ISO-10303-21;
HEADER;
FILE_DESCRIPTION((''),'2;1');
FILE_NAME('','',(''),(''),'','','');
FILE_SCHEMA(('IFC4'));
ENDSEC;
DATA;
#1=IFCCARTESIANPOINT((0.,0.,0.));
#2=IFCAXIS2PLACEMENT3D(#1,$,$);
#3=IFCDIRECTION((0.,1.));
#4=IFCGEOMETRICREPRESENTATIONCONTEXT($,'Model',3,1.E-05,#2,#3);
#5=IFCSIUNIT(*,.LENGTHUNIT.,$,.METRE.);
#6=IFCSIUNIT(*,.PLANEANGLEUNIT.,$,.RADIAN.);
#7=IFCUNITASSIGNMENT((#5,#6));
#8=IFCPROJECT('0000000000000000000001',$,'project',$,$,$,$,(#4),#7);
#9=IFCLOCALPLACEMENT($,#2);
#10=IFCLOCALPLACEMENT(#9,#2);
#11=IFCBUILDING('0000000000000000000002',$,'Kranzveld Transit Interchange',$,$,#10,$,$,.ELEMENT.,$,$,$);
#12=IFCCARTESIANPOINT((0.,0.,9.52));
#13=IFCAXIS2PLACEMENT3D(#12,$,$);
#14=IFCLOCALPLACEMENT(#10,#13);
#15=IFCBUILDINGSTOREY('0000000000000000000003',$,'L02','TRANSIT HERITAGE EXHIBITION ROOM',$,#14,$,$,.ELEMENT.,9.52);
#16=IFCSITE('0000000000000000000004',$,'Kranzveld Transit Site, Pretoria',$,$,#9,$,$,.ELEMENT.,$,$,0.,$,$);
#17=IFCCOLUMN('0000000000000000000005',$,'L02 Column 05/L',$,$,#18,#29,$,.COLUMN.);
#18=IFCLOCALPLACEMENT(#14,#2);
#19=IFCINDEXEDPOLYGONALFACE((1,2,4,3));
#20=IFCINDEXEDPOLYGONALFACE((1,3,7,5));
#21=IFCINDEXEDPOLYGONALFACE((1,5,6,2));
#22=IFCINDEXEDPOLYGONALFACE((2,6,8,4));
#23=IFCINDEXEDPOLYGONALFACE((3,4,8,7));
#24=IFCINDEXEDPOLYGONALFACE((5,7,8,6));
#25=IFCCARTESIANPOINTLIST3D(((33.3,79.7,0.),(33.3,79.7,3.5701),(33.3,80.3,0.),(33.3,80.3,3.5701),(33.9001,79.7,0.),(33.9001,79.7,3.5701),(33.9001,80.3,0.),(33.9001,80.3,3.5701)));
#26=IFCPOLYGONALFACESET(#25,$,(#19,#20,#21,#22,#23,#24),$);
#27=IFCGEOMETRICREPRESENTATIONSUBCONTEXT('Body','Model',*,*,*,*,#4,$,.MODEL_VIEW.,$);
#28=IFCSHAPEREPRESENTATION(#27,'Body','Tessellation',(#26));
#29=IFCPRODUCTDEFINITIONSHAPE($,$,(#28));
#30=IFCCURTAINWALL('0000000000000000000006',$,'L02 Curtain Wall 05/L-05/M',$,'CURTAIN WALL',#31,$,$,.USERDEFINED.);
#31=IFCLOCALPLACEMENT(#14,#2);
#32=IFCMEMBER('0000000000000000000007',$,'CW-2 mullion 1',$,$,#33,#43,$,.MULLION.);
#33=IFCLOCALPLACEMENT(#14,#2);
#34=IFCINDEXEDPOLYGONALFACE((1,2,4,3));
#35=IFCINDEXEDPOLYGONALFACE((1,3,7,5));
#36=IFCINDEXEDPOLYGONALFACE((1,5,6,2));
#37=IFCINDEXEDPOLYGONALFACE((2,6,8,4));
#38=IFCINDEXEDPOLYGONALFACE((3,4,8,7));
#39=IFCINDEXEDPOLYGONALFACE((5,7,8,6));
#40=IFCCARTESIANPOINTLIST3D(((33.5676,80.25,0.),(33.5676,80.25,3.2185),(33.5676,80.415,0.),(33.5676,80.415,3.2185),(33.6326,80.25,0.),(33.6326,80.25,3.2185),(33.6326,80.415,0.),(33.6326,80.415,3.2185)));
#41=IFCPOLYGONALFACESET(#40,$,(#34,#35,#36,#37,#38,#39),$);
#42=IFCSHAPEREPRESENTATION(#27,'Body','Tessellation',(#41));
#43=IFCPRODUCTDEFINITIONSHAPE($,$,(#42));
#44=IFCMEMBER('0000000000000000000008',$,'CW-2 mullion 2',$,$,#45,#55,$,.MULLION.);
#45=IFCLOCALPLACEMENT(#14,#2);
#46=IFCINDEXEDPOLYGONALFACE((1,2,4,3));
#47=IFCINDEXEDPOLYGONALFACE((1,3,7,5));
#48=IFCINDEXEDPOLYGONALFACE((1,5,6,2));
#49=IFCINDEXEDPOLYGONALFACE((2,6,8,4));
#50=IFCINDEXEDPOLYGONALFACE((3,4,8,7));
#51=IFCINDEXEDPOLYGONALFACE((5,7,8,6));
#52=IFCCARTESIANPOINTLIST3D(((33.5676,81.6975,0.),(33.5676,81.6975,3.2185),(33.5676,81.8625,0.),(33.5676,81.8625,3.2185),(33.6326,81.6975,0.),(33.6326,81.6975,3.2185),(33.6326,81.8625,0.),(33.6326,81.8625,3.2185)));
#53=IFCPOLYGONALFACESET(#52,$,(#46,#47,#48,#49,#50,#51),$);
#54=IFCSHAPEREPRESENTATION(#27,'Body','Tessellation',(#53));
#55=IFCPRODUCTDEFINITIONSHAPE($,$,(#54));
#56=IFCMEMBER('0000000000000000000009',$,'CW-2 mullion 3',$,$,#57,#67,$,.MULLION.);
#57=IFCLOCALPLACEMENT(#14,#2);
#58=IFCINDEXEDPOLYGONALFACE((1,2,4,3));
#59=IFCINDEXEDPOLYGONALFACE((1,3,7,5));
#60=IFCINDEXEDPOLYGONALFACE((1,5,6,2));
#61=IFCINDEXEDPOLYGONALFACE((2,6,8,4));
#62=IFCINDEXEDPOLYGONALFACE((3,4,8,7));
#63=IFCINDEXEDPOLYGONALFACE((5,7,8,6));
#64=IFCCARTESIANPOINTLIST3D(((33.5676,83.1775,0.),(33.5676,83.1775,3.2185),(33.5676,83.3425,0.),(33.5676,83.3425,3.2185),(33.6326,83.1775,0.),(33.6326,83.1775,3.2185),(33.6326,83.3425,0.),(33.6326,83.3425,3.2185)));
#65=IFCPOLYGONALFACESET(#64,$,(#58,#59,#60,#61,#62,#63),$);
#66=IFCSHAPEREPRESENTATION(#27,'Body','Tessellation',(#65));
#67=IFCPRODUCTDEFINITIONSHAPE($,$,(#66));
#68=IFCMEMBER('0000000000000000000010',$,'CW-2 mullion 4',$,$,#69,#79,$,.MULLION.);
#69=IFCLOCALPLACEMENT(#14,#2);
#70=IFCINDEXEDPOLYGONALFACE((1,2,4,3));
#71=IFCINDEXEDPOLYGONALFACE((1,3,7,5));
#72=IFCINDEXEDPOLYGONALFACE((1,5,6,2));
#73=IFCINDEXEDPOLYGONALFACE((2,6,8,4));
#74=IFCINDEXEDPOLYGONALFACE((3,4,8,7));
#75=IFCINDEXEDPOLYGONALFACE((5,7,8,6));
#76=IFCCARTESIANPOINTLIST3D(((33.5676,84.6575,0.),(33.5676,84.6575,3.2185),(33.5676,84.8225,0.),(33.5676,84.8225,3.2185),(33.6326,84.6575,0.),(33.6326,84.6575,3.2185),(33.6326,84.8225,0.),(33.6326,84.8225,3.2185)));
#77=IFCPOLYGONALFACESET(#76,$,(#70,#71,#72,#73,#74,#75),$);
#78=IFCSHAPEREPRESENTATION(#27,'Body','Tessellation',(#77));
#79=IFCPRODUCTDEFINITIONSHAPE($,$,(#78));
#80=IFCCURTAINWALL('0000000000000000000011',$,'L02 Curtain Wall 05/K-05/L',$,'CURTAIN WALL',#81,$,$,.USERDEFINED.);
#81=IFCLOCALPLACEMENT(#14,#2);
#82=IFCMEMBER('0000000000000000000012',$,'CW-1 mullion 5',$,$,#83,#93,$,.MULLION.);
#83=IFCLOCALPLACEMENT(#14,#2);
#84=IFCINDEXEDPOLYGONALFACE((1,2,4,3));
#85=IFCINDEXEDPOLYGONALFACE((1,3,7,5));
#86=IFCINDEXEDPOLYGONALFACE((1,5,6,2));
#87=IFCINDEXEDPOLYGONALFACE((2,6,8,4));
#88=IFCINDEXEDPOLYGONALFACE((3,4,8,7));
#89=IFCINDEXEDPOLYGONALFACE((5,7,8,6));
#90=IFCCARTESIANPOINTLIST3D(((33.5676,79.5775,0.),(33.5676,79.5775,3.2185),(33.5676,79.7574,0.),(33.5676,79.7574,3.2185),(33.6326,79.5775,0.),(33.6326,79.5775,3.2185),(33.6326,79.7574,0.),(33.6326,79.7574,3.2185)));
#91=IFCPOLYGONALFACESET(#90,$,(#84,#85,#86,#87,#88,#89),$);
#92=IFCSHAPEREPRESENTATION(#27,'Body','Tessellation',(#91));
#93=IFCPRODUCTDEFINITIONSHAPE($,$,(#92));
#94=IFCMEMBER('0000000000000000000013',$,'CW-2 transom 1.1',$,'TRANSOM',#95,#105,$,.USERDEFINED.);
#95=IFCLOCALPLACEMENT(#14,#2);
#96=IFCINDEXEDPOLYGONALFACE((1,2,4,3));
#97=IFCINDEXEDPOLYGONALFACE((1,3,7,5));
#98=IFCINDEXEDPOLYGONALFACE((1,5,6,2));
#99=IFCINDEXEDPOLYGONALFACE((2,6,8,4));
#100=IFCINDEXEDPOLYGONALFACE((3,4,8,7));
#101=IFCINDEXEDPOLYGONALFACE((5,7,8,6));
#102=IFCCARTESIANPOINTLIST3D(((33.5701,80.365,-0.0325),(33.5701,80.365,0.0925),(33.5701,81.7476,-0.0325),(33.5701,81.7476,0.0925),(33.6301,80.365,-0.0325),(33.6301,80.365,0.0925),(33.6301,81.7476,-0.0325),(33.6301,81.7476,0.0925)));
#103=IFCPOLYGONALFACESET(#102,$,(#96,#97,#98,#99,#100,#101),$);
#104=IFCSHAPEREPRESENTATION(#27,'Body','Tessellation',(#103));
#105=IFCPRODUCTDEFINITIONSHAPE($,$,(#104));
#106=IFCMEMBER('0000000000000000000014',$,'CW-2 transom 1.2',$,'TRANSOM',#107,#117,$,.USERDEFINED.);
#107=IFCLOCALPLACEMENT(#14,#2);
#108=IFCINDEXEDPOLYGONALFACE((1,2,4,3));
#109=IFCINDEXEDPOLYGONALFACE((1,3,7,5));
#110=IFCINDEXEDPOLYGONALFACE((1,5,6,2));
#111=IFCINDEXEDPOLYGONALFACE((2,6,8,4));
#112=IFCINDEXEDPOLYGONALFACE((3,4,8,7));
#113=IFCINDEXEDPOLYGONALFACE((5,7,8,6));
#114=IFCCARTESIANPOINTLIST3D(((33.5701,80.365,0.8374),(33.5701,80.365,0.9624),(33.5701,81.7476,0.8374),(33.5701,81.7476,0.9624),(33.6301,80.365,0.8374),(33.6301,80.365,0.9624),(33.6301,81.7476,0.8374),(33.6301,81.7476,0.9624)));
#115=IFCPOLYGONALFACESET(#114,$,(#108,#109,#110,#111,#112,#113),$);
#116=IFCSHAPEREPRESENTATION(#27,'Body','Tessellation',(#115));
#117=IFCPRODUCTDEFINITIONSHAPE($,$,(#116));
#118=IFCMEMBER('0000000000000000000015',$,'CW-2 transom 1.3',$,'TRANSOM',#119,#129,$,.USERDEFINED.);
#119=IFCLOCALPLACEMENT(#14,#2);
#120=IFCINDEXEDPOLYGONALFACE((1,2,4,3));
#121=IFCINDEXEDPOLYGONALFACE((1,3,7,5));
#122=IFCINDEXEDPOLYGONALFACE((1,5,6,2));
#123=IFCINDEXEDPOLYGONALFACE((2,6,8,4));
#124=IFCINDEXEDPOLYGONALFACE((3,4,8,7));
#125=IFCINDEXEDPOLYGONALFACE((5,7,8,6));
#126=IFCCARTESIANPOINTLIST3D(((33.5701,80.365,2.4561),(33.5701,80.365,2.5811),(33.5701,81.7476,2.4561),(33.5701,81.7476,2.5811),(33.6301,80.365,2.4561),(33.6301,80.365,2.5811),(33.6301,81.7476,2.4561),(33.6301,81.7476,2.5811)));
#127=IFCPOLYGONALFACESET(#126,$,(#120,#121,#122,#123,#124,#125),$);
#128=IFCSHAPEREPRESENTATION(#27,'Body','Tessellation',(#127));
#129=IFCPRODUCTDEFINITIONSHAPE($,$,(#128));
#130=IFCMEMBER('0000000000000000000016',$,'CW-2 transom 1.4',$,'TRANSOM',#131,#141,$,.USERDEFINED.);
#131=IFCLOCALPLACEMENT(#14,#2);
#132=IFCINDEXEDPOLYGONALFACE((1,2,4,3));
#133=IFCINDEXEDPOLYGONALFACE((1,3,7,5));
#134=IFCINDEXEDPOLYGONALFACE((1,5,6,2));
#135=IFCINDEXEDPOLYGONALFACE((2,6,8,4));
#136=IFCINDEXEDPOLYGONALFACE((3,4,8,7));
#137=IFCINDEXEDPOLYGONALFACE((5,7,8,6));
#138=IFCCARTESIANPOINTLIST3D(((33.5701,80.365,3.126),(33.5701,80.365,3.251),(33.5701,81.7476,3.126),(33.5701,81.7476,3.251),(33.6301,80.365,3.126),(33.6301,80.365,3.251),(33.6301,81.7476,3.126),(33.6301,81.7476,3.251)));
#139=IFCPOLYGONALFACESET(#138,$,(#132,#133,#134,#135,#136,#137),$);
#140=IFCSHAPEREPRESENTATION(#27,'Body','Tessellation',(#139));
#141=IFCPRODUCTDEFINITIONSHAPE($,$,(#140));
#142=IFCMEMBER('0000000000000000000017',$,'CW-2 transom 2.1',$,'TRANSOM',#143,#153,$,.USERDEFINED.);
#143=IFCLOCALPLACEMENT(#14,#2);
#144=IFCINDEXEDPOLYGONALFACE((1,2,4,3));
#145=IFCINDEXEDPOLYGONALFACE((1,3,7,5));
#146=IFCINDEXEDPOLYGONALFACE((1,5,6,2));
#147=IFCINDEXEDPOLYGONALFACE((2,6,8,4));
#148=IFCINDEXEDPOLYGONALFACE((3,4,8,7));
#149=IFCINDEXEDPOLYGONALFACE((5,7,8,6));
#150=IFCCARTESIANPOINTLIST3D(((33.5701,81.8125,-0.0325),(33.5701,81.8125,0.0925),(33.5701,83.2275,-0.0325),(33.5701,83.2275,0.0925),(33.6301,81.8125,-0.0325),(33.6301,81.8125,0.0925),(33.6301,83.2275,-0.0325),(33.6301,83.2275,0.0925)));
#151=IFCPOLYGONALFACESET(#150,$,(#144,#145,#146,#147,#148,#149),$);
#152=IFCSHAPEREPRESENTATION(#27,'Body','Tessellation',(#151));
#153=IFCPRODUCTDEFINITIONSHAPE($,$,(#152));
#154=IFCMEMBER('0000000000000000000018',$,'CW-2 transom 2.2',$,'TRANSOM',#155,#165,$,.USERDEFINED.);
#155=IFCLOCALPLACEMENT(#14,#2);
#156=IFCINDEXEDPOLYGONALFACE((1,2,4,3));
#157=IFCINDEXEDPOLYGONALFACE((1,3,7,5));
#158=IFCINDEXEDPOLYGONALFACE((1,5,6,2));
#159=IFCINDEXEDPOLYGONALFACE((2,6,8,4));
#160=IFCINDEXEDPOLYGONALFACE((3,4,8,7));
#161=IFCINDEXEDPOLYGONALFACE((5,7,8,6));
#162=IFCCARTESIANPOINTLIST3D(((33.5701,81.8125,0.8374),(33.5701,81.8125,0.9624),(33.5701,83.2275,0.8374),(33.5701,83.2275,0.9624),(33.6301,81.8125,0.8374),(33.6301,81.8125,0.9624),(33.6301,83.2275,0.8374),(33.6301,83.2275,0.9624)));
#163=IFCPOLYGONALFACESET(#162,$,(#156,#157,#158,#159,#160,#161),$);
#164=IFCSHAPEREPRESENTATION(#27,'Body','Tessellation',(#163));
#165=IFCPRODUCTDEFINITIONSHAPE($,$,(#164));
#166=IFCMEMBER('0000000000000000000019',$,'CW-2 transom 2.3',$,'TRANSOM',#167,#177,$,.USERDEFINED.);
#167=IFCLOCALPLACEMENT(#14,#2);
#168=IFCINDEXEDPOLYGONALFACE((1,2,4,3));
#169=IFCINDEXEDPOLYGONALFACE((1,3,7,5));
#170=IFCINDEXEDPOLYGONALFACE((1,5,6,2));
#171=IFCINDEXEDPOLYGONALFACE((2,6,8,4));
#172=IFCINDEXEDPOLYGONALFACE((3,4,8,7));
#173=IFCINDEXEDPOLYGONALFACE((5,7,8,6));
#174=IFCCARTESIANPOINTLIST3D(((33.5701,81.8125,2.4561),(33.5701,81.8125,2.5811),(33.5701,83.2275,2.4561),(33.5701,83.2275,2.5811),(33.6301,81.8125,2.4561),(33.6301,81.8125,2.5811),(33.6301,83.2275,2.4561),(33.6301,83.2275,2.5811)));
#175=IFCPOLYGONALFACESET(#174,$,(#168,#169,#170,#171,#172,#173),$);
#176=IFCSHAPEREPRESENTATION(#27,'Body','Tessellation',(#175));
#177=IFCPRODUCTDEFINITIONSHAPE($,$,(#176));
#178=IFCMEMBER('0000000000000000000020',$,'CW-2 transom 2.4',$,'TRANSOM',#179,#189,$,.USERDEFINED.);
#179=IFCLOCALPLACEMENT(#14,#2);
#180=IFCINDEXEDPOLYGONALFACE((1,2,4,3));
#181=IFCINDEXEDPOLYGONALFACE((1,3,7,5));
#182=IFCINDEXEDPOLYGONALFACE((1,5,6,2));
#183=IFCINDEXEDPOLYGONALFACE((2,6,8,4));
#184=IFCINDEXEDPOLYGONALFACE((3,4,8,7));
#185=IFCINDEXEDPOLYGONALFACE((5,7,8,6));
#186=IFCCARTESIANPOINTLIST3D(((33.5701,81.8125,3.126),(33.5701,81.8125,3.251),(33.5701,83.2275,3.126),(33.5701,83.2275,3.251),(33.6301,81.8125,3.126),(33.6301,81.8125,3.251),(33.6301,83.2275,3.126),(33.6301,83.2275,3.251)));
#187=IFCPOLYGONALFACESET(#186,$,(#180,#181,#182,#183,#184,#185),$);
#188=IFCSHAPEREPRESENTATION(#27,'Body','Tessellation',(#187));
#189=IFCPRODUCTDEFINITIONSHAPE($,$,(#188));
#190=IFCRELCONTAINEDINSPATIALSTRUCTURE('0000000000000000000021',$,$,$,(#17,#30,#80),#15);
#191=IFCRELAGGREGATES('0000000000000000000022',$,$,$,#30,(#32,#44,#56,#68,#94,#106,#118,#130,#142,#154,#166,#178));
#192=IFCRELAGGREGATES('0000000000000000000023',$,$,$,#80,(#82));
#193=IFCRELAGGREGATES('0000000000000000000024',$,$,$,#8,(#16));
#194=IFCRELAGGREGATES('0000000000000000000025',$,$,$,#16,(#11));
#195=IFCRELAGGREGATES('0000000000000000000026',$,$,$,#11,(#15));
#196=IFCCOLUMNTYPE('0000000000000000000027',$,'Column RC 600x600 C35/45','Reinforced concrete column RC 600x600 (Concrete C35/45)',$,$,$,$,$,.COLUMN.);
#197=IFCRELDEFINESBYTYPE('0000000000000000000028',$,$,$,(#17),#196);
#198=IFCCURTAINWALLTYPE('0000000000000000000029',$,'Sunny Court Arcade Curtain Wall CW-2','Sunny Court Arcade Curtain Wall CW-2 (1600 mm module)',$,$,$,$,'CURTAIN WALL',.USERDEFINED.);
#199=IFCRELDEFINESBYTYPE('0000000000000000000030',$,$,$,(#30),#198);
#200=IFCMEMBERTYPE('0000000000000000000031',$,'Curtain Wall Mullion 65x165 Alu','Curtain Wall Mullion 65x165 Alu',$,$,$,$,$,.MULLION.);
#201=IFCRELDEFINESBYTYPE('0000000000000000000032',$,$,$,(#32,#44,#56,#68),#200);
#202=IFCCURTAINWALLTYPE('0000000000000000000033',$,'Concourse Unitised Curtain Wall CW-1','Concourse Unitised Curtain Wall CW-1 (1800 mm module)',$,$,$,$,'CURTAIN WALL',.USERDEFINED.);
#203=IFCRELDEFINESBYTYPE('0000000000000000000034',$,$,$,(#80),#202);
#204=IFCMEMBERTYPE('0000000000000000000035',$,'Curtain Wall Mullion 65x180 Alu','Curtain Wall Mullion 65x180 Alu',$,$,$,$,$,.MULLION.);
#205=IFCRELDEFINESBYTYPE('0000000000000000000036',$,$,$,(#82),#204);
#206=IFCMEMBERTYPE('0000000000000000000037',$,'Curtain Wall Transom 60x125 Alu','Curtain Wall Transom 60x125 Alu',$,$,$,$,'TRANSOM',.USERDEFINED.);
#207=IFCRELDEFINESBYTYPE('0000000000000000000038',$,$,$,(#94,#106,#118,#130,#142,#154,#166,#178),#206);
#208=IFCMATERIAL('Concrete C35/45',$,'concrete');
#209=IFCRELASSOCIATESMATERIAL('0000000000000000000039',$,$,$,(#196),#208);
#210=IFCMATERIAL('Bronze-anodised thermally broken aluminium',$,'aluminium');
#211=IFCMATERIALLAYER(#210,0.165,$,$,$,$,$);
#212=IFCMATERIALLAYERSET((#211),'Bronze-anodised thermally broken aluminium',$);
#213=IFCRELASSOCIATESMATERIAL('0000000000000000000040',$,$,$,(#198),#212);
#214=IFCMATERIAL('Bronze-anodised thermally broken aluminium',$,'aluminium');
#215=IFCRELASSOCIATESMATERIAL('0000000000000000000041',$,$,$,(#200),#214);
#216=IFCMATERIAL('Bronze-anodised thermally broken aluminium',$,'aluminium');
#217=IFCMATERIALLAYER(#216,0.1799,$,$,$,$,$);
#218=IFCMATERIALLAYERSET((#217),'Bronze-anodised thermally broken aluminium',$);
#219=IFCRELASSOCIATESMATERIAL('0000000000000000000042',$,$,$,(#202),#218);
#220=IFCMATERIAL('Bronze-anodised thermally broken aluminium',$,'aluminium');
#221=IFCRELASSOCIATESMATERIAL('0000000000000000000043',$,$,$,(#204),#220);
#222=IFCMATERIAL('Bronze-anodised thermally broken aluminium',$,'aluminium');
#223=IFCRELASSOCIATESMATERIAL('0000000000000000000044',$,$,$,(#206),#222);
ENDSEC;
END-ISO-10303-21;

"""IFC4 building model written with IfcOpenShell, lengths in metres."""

from ifc_helpers import new_model, si_unit, direction, frame, origin, origin_2d, place, context, subcontext, project, spatial, rectangle, extrude, material, layer, layer_set, material_profile, profile_set, type_object, element, aggregate, save


model = new_model("IFC4")

# Units and contexts
model_context = context("Model", 3, precision=1e-05, world=origin(), true_north=direction((0.0, 1.0)))
body_context = subcontext(model_context, "Body", "Model", "MODEL_VIEW")
ifc_project = project(units=[si_unit("LENGTHUNIT", "METRE"), si_unit("PLANEANGLEUNIT", "RADIAN")], contexts=[model_context])

# Site, building, storey
site_placement = place(None, origin())
site = spatial("IfcSite", under=ifc_project, at=site_placement, Name="Kranzveld Transit Site, Pretoria", CompositionType="ELEMENT", RefElevation=0.0)
building_placement = place(site_placement, origin())
building = spatial("IfcBuilding", under=site, at=building_placement, Name="Kranzveld Transit Interchange", CompositionType="ELEMENT")
storey_placement = place(building_placement, frame((0.0, 0.0, 9.52)))
storey = spatial("IfcBuildingStorey", under=building, at=storey_placement, Name="L02", Description="TRANSIT HERITAGE EXHIBITION ROOM", CompositionType="ELEMENT", Elevation=9.52)

# Column
ifc_material_1 = material(Name="Concrete C35/45", Category="concrete")
ifc_material_profile_1 = material_profile(ifc_material_1, rectangle(XDim=0.6001, YDim=0.6001, at=origin_2d()), Name="RC 600x600")
ifc_profile_set_1 = profile_set([ifc_material_profile_1], Name="Concrete C35/45")
column_type = type_object("IfcColumnType", Name="Column RC 600x600 C35/45", Description="Reinforced concrete column RC 600x600 (Concrete C35/45)", PredefinedType="COLUMN", material=ifc_profile_set_1)
column_placement = place(storey_placement, frame((33.6001, 80.0, 0.0), z_axis=(0.0, 0.0, 1.0), x_axis=(1.0, 0.0, 0.0)))
element("IfcColumn", 1, at=column_placement, inside=storey, type_object=column_type, Name="L02 Column 05/L", PredefinedType="COLUMN", context=body_context, shape_type="SweptSolid", body=[
    extrude(rectangle(XDim=0.6001, YDim=0.6001, at=origin_2d()), origin(), (0.0, 0.0, 1.0), 3.5701),
])

# Curtain wall, members
ifc_material_2 = material(Name="Bronze-anodised thermally broken aluminium", Category="aluminium")
ifc_layer_1 = layer(ifc_material_2, 0.165)
ifc_layer_set_1 = layer_set([ifc_layer_1], Name="Bronze-anodised thermally broken aluminium")
curtain_wall_type_1 = type_object("IfcCurtainWallType", Name="Sunny Court Arcade Curtain Wall CW-2", Description="Sunny Court Arcade Curtain Wall CW-2 (1600 mm module)", ElementType="CURTAIN WALL", PredefinedType="USERDEFINED", material=ifc_layer_set_1)
curtain_wall_1_placement = place(storey_placement, origin())
curtain_wall_1 = element("IfcCurtainWall", 2, at=curtain_wall_1_placement, inside=storey, type_object=curtain_wall_type_1, Name="L02 Curtain Wall 05/L-05/M", ObjectType="CURTAIN WALL", PredefinedType="USERDEFINED")
ifc_material_3 = material(Name="Bronze-anodised thermally broken aluminium", Category="aluminium")
ifc_material_profile_2 = material_profile(ifc_material_3, rectangle(XDim=0.0649, YDim=0.165, at=origin_2d()), Name="ALU MULLION 65x165")
ifc_profile_set_2 = profile_set([ifc_material_profile_2], Name="Bronze-anodised thermally broken aluminium")
member_type_1 = type_object("IfcMemberType", Name="Curtain Wall Mullion 65x165 Alu", Description="Curtain Wall Mullion 65x165 Alu", PredefinedType="MULLION", material=ifc_profile_set_2)
member_1_placement = place(storey_placement, frame((33.6001, 80.3325, 0.0), z_axis=(0.0, 0.0, 1.0), x_axis=(-1.0, 0.0, 0.0)))
member_1 = element("IfcMember", 3, at=member_1_placement, type_object=member_type_1, Name="CW-2 mullion 1", PredefinedType="MULLION", context=body_context, shape_type="SweptSolid", body=[
    extrude(rectangle(XDim=0.0649, YDim=0.165, at=origin_2d()), origin(), (0.0, 0.0, 1.0), 3.2185),
])
member_2_placement = place(storey_placement, frame((33.6001, 81.78, 0.0), z_axis=(0.0, 0.0, 1.0), x_axis=(-1.0, 0.0, 0.0)))
member_2 = element("IfcMember", 4, at=member_2_placement, type_object=member_type_1, Name="CW-2 mullion 2", PredefinedType="MULLION", context=body_context, shape_type="SweptSolid", body=[
    extrude(rectangle(XDim=0.0649, YDim=0.165, at=origin_2d()), origin(), (0.0, 0.0, 1.0), 3.2185),
])
member_3_placement = place(storey_placement, frame((33.6001, 83.26, 0.0), z_axis=(0.0, 0.0, 1.0), x_axis=(-1.0, 0.0, 0.0)))
member_3 = element("IfcMember", 5, at=member_3_placement, type_object=member_type_1, Name="CW-2 mullion 3", PredefinedType="MULLION", context=body_context, shape_type="SweptSolid", body=[
    extrude(rectangle(XDim=0.0649, YDim=0.165, at=origin_2d()), origin(), (0.0, 0.0, 1.0), 3.2185),
])
member_4_placement = place(storey_placement, frame((33.6001, 84.74, 0.0), z_axis=(0.0, 0.0, 1.0), x_axis=(-1.0, 0.0, 0.0)))
member_4 = element("IfcMember", 6, at=member_4_placement, type_object=member_type_1, Name="CW-2 mullion 4", PredefinedType="MULLION", context=body_context, shape_type="SweptSolid", body=[
    extrude(rectangle(XDim=0.0649, YDim=0.165, at=origin_2d()), origin(), (0.0, 0.0, 1.0), 3.2185),
])

# Curtain wall, member
ifc_material_4 = material(Name="Bronze-anodised thermally broken aluminium", Category="aluminium")
ifc_layer_2 = layer(ifc_material_4, 0.1799)
ifc_layer_set_2 = layer_set([ifc_layer_2], Name="Bronze-anodised thermally broken aluminium")
curtain_wall_type_2 = type_object("IfcCurtainWallType", Name="Concourse Unitised Curtain Wall CW-1", Description="Concourse Unitised Curtain Wall CW-1 (1800 mm module)", ElementType="CURTAIN WALL", PredefinedType="USERDEFINED", material=ifc_layer_set_2)
curtain_wall_2_placement = place(storey_placement, origin())
curtain_wall_2 = element("IfcCurtainWall", 7, at=curtain_wall_2_placement, inside=storey, type_object=curtain_wall_type_2, Name="L02 Curtain Wall 05/K-05/L", ObjectType="CURTAIN WALL", PredefinedType="USERDEFINED")
ifc_material_5 = material(Name="Bronze-anodised thermally broken aluminium", Category="aluminium")
ifc_material_profile_3 = material_profile(ifc_material_5, rectangle(XDim=0.0649, YDim=0.1799, at=origin_2d()), Name="ALU MULLION 65x180")
ifc_profile_set_3 = profile_set([ifc_material_profile_3], Name="Bronze-anodised thermally broken aluminium")
member_type_2 = type_object("IfcMemberType", Name="Curtain Wall Mullion 65x180 Alu", Description="Curtain Wall Mullion 65x180 Alu", PredefinedType="MULLION", material=ifc_profile_set_3)
member_5_placement = place(storey_placement, frame((33.6001, 79.6675, 0.0), z_axis=(0.0, 0.0, 1.0), x_axis=(-1.0, 0.0, 0.0)))
member_5 = element("IfcMember", 8, at=member_5_placement, type_object=member_type_2, Name="CW-1 mullion 5", PredefinedType="MULLION", context=body_context, shape_type="SweptSolid", body=[
    extrude(rectangle(XDim=0.0649, YDim=0.1799, at=origin_2d()), origin(), (0.0, 0.0, 1.0), 3.2185),
])

# Members
ifc_material_6 = material(Name="Bronze-anodised thermally broken aluminium", Category="aluminium")
ifc_material_profile_4 = material_profile(ifc_material_6, rectangle(XDim=0.0601, YDim=0.125, at=origin_2d()), Name="ALU TRANSOM 60x125")
ifc_profile_set_4 = profile_set([ifc_material_profile_4], Name="Bronze-anodised thermally broken aluminium")
member_type_3 = type_object("IfcMemberType", Name="Curtain Wall Transom 60x125 Alu", Description="Curtain Wall Transom 60x125 Alu", ElementType="TRANSOM", PredefinedType="USERDEFINED", material=ifc_profile_set_4)
member_6_placement = place(storey_placement, frame((33.6001, 80.365, 0.03), z_axis=(0.0, 1.0, 0.0), x_axis=(-1.0, 0.0, 0.0)))
member_6 = element("IfcMember", 9, at=member_6_placement, type_object=member_type_3, Name="CW-2 transom 1.1", ObjectType="TRANSOM", PredefinedType="USERDEFINED", context=body_context, shape_type="SweptSolid", body=[
    extrude(rectangle(XDim=0.0601, YDim=0.125, at=origin_2d()), origin(), (0.0, 0.0, 1.0), 1.3826),
])
member_7_placement = place(storey_placement, frame((33.6001, 80.365, 0.8999), z_axis=(0.0, 1.0, 0.0), x_axis=(-1.0, 0.0, 0.0)))
member_7 = element("IfcMember", 10, at=member_7_placement, type_object=member_type_3, Name="CW-2 transom 1.2", ObjectType="TRANSOM", PredefinedType="USERDEFINED", context=body_context, shape_type="SweptSolid", body=[
    extrude(rectangle(XDim=0.0601, YDim=0.125, at=origin_2d()), origin(), (0.0, 0.0, 1.0), 1.3826),
])
member_8_placement = place(storey_placement, frame((33.6001, 80.365, 2.5186), z_axis=(0.0, 1.0, 0.0), x_axis=(-1.0, 0.0, 0.0)))
member_8 = element("IfcMember", 11, at=member_8_placement, type_object=member_type_3, Name="CW-2 transom 1.3", ObjectType="TRANSOM", PredefinedType="USERDEFINED", context=body_context, shape_type="SweptSolid", body=[
    extrude(rectangle(XDim=0.0601, YDim=0.125, at=origin_2d()), origin(), (0.0, 0.0, 1.0), 1.3826),
])
member_9_placement = place(storey_placement, frame((33.6001, 80.365, 3.1885), z_axis=(0.0, 1.0, 0.0), x_axis=(-1.0, 0.0, 0.0)))
member_9 = element("IfcMember", 12, at=member_9_placement, type_object=member_type_3, Name="CW-2 transom 1.4", ObjectType="TRANSOM", PredefinedType="USERDEFINED", context=body_context, shape_type="SweptSolid", body=[
    extrude(rectangle(XDim=0.0601, YDim=0.125, at=origin_2d()), origin(), (0.0, 0.0, 1.0), 1.3826),
])
member_10_placement = place(storey_placement, frame((33.6001, 81.8125, 0.03), z_axis=(0.0, 1.0, 0.0), x_axis=(-1.0, 0.0, 0.0)))
member_10 = element("IfcMember", 13, at=member_10_placement, type_object=member_type_3, Name="CW-2 transom 2.1", ObjectType="TRANSOM", PredefinedType="USERDEFINED", context=body_context, shape_type="SweptSolid", body=[
    extrude(rectangle(XDim=0.0601, YDim=0.125, at=origin_2d()), origin(), (0.0, 0.0, 1.0), 1.415),
])
member_11_placement = place(storey_placement, frame((33.6001, 81.8125, 0.8999), z_axis=(0.0, 1.0, 0.0), x_axis=(-1.0, 0.0, 0.0)))
member_11 = element("IfcMember", 14, at=member_11_placement, type_object=member_type_3, Name="CW-2 transom 2.2", ObjectType="TRANSOM", PredefinedType="USERDEFINED", context=body_context, shape_type="SweptSolid", body=[
    extrude(rectangle(XDim=0.0601, YDim=0.125, at=origin_2d()), origin(), (0.0, 0.0, 1.0), 1.415),
])
member_12_placement = place(storey_placement, frame((33.6001, 81.8125, 2.5186), z_axis=(0.0, 1.0, 0.0), x_axis=(-1.0, 0.0, 0.0)))
member_12 = element("IfcMember", 15, at=member_12_placement, type_object=member_type_3, Name="CW-2 transom 2.3", ObjectType="TRANSOM", PredefinedType="USERDEFINED", context=body_context, shape_type="SweptSolid", body=[
    extrude(rectangle(XDim=0.0601, YDim=0.125, at=origin_2d()), origin(), (0.0, 0.0, 1.0), 1.415),
])
member_13_placement = place(storey_placement, frame((33.6001, 81.8125, 3.1885), z_axis=(0.0, 1.0, 0.0), x_axis=(-1.0, 0.0, 0.0)))
member_13 = element("IfcMember", 16, at=member_13_placement, type_object=member_type_3, Name="CW-2 transom 2.4", ObjectType="TRANSOM", PredefinedType="USERDEFINED", context=body_context, shape_type="SweptSolid", body=[
    extrude(rectangle(XDim=0.0601, YDim=0.125, at=origin_2d()), origin(), (0.0, 0.0, 1.0), 1.415),
])

aggregate(curtain_wall_1, [member_1, member_2, member_3, member_4, member_6, member_7, member_8, member_9, member_10, member_11, member_12, member_13])
aggregate(curtain_wall_2, [member_5])

save(model, "model.ifc")
